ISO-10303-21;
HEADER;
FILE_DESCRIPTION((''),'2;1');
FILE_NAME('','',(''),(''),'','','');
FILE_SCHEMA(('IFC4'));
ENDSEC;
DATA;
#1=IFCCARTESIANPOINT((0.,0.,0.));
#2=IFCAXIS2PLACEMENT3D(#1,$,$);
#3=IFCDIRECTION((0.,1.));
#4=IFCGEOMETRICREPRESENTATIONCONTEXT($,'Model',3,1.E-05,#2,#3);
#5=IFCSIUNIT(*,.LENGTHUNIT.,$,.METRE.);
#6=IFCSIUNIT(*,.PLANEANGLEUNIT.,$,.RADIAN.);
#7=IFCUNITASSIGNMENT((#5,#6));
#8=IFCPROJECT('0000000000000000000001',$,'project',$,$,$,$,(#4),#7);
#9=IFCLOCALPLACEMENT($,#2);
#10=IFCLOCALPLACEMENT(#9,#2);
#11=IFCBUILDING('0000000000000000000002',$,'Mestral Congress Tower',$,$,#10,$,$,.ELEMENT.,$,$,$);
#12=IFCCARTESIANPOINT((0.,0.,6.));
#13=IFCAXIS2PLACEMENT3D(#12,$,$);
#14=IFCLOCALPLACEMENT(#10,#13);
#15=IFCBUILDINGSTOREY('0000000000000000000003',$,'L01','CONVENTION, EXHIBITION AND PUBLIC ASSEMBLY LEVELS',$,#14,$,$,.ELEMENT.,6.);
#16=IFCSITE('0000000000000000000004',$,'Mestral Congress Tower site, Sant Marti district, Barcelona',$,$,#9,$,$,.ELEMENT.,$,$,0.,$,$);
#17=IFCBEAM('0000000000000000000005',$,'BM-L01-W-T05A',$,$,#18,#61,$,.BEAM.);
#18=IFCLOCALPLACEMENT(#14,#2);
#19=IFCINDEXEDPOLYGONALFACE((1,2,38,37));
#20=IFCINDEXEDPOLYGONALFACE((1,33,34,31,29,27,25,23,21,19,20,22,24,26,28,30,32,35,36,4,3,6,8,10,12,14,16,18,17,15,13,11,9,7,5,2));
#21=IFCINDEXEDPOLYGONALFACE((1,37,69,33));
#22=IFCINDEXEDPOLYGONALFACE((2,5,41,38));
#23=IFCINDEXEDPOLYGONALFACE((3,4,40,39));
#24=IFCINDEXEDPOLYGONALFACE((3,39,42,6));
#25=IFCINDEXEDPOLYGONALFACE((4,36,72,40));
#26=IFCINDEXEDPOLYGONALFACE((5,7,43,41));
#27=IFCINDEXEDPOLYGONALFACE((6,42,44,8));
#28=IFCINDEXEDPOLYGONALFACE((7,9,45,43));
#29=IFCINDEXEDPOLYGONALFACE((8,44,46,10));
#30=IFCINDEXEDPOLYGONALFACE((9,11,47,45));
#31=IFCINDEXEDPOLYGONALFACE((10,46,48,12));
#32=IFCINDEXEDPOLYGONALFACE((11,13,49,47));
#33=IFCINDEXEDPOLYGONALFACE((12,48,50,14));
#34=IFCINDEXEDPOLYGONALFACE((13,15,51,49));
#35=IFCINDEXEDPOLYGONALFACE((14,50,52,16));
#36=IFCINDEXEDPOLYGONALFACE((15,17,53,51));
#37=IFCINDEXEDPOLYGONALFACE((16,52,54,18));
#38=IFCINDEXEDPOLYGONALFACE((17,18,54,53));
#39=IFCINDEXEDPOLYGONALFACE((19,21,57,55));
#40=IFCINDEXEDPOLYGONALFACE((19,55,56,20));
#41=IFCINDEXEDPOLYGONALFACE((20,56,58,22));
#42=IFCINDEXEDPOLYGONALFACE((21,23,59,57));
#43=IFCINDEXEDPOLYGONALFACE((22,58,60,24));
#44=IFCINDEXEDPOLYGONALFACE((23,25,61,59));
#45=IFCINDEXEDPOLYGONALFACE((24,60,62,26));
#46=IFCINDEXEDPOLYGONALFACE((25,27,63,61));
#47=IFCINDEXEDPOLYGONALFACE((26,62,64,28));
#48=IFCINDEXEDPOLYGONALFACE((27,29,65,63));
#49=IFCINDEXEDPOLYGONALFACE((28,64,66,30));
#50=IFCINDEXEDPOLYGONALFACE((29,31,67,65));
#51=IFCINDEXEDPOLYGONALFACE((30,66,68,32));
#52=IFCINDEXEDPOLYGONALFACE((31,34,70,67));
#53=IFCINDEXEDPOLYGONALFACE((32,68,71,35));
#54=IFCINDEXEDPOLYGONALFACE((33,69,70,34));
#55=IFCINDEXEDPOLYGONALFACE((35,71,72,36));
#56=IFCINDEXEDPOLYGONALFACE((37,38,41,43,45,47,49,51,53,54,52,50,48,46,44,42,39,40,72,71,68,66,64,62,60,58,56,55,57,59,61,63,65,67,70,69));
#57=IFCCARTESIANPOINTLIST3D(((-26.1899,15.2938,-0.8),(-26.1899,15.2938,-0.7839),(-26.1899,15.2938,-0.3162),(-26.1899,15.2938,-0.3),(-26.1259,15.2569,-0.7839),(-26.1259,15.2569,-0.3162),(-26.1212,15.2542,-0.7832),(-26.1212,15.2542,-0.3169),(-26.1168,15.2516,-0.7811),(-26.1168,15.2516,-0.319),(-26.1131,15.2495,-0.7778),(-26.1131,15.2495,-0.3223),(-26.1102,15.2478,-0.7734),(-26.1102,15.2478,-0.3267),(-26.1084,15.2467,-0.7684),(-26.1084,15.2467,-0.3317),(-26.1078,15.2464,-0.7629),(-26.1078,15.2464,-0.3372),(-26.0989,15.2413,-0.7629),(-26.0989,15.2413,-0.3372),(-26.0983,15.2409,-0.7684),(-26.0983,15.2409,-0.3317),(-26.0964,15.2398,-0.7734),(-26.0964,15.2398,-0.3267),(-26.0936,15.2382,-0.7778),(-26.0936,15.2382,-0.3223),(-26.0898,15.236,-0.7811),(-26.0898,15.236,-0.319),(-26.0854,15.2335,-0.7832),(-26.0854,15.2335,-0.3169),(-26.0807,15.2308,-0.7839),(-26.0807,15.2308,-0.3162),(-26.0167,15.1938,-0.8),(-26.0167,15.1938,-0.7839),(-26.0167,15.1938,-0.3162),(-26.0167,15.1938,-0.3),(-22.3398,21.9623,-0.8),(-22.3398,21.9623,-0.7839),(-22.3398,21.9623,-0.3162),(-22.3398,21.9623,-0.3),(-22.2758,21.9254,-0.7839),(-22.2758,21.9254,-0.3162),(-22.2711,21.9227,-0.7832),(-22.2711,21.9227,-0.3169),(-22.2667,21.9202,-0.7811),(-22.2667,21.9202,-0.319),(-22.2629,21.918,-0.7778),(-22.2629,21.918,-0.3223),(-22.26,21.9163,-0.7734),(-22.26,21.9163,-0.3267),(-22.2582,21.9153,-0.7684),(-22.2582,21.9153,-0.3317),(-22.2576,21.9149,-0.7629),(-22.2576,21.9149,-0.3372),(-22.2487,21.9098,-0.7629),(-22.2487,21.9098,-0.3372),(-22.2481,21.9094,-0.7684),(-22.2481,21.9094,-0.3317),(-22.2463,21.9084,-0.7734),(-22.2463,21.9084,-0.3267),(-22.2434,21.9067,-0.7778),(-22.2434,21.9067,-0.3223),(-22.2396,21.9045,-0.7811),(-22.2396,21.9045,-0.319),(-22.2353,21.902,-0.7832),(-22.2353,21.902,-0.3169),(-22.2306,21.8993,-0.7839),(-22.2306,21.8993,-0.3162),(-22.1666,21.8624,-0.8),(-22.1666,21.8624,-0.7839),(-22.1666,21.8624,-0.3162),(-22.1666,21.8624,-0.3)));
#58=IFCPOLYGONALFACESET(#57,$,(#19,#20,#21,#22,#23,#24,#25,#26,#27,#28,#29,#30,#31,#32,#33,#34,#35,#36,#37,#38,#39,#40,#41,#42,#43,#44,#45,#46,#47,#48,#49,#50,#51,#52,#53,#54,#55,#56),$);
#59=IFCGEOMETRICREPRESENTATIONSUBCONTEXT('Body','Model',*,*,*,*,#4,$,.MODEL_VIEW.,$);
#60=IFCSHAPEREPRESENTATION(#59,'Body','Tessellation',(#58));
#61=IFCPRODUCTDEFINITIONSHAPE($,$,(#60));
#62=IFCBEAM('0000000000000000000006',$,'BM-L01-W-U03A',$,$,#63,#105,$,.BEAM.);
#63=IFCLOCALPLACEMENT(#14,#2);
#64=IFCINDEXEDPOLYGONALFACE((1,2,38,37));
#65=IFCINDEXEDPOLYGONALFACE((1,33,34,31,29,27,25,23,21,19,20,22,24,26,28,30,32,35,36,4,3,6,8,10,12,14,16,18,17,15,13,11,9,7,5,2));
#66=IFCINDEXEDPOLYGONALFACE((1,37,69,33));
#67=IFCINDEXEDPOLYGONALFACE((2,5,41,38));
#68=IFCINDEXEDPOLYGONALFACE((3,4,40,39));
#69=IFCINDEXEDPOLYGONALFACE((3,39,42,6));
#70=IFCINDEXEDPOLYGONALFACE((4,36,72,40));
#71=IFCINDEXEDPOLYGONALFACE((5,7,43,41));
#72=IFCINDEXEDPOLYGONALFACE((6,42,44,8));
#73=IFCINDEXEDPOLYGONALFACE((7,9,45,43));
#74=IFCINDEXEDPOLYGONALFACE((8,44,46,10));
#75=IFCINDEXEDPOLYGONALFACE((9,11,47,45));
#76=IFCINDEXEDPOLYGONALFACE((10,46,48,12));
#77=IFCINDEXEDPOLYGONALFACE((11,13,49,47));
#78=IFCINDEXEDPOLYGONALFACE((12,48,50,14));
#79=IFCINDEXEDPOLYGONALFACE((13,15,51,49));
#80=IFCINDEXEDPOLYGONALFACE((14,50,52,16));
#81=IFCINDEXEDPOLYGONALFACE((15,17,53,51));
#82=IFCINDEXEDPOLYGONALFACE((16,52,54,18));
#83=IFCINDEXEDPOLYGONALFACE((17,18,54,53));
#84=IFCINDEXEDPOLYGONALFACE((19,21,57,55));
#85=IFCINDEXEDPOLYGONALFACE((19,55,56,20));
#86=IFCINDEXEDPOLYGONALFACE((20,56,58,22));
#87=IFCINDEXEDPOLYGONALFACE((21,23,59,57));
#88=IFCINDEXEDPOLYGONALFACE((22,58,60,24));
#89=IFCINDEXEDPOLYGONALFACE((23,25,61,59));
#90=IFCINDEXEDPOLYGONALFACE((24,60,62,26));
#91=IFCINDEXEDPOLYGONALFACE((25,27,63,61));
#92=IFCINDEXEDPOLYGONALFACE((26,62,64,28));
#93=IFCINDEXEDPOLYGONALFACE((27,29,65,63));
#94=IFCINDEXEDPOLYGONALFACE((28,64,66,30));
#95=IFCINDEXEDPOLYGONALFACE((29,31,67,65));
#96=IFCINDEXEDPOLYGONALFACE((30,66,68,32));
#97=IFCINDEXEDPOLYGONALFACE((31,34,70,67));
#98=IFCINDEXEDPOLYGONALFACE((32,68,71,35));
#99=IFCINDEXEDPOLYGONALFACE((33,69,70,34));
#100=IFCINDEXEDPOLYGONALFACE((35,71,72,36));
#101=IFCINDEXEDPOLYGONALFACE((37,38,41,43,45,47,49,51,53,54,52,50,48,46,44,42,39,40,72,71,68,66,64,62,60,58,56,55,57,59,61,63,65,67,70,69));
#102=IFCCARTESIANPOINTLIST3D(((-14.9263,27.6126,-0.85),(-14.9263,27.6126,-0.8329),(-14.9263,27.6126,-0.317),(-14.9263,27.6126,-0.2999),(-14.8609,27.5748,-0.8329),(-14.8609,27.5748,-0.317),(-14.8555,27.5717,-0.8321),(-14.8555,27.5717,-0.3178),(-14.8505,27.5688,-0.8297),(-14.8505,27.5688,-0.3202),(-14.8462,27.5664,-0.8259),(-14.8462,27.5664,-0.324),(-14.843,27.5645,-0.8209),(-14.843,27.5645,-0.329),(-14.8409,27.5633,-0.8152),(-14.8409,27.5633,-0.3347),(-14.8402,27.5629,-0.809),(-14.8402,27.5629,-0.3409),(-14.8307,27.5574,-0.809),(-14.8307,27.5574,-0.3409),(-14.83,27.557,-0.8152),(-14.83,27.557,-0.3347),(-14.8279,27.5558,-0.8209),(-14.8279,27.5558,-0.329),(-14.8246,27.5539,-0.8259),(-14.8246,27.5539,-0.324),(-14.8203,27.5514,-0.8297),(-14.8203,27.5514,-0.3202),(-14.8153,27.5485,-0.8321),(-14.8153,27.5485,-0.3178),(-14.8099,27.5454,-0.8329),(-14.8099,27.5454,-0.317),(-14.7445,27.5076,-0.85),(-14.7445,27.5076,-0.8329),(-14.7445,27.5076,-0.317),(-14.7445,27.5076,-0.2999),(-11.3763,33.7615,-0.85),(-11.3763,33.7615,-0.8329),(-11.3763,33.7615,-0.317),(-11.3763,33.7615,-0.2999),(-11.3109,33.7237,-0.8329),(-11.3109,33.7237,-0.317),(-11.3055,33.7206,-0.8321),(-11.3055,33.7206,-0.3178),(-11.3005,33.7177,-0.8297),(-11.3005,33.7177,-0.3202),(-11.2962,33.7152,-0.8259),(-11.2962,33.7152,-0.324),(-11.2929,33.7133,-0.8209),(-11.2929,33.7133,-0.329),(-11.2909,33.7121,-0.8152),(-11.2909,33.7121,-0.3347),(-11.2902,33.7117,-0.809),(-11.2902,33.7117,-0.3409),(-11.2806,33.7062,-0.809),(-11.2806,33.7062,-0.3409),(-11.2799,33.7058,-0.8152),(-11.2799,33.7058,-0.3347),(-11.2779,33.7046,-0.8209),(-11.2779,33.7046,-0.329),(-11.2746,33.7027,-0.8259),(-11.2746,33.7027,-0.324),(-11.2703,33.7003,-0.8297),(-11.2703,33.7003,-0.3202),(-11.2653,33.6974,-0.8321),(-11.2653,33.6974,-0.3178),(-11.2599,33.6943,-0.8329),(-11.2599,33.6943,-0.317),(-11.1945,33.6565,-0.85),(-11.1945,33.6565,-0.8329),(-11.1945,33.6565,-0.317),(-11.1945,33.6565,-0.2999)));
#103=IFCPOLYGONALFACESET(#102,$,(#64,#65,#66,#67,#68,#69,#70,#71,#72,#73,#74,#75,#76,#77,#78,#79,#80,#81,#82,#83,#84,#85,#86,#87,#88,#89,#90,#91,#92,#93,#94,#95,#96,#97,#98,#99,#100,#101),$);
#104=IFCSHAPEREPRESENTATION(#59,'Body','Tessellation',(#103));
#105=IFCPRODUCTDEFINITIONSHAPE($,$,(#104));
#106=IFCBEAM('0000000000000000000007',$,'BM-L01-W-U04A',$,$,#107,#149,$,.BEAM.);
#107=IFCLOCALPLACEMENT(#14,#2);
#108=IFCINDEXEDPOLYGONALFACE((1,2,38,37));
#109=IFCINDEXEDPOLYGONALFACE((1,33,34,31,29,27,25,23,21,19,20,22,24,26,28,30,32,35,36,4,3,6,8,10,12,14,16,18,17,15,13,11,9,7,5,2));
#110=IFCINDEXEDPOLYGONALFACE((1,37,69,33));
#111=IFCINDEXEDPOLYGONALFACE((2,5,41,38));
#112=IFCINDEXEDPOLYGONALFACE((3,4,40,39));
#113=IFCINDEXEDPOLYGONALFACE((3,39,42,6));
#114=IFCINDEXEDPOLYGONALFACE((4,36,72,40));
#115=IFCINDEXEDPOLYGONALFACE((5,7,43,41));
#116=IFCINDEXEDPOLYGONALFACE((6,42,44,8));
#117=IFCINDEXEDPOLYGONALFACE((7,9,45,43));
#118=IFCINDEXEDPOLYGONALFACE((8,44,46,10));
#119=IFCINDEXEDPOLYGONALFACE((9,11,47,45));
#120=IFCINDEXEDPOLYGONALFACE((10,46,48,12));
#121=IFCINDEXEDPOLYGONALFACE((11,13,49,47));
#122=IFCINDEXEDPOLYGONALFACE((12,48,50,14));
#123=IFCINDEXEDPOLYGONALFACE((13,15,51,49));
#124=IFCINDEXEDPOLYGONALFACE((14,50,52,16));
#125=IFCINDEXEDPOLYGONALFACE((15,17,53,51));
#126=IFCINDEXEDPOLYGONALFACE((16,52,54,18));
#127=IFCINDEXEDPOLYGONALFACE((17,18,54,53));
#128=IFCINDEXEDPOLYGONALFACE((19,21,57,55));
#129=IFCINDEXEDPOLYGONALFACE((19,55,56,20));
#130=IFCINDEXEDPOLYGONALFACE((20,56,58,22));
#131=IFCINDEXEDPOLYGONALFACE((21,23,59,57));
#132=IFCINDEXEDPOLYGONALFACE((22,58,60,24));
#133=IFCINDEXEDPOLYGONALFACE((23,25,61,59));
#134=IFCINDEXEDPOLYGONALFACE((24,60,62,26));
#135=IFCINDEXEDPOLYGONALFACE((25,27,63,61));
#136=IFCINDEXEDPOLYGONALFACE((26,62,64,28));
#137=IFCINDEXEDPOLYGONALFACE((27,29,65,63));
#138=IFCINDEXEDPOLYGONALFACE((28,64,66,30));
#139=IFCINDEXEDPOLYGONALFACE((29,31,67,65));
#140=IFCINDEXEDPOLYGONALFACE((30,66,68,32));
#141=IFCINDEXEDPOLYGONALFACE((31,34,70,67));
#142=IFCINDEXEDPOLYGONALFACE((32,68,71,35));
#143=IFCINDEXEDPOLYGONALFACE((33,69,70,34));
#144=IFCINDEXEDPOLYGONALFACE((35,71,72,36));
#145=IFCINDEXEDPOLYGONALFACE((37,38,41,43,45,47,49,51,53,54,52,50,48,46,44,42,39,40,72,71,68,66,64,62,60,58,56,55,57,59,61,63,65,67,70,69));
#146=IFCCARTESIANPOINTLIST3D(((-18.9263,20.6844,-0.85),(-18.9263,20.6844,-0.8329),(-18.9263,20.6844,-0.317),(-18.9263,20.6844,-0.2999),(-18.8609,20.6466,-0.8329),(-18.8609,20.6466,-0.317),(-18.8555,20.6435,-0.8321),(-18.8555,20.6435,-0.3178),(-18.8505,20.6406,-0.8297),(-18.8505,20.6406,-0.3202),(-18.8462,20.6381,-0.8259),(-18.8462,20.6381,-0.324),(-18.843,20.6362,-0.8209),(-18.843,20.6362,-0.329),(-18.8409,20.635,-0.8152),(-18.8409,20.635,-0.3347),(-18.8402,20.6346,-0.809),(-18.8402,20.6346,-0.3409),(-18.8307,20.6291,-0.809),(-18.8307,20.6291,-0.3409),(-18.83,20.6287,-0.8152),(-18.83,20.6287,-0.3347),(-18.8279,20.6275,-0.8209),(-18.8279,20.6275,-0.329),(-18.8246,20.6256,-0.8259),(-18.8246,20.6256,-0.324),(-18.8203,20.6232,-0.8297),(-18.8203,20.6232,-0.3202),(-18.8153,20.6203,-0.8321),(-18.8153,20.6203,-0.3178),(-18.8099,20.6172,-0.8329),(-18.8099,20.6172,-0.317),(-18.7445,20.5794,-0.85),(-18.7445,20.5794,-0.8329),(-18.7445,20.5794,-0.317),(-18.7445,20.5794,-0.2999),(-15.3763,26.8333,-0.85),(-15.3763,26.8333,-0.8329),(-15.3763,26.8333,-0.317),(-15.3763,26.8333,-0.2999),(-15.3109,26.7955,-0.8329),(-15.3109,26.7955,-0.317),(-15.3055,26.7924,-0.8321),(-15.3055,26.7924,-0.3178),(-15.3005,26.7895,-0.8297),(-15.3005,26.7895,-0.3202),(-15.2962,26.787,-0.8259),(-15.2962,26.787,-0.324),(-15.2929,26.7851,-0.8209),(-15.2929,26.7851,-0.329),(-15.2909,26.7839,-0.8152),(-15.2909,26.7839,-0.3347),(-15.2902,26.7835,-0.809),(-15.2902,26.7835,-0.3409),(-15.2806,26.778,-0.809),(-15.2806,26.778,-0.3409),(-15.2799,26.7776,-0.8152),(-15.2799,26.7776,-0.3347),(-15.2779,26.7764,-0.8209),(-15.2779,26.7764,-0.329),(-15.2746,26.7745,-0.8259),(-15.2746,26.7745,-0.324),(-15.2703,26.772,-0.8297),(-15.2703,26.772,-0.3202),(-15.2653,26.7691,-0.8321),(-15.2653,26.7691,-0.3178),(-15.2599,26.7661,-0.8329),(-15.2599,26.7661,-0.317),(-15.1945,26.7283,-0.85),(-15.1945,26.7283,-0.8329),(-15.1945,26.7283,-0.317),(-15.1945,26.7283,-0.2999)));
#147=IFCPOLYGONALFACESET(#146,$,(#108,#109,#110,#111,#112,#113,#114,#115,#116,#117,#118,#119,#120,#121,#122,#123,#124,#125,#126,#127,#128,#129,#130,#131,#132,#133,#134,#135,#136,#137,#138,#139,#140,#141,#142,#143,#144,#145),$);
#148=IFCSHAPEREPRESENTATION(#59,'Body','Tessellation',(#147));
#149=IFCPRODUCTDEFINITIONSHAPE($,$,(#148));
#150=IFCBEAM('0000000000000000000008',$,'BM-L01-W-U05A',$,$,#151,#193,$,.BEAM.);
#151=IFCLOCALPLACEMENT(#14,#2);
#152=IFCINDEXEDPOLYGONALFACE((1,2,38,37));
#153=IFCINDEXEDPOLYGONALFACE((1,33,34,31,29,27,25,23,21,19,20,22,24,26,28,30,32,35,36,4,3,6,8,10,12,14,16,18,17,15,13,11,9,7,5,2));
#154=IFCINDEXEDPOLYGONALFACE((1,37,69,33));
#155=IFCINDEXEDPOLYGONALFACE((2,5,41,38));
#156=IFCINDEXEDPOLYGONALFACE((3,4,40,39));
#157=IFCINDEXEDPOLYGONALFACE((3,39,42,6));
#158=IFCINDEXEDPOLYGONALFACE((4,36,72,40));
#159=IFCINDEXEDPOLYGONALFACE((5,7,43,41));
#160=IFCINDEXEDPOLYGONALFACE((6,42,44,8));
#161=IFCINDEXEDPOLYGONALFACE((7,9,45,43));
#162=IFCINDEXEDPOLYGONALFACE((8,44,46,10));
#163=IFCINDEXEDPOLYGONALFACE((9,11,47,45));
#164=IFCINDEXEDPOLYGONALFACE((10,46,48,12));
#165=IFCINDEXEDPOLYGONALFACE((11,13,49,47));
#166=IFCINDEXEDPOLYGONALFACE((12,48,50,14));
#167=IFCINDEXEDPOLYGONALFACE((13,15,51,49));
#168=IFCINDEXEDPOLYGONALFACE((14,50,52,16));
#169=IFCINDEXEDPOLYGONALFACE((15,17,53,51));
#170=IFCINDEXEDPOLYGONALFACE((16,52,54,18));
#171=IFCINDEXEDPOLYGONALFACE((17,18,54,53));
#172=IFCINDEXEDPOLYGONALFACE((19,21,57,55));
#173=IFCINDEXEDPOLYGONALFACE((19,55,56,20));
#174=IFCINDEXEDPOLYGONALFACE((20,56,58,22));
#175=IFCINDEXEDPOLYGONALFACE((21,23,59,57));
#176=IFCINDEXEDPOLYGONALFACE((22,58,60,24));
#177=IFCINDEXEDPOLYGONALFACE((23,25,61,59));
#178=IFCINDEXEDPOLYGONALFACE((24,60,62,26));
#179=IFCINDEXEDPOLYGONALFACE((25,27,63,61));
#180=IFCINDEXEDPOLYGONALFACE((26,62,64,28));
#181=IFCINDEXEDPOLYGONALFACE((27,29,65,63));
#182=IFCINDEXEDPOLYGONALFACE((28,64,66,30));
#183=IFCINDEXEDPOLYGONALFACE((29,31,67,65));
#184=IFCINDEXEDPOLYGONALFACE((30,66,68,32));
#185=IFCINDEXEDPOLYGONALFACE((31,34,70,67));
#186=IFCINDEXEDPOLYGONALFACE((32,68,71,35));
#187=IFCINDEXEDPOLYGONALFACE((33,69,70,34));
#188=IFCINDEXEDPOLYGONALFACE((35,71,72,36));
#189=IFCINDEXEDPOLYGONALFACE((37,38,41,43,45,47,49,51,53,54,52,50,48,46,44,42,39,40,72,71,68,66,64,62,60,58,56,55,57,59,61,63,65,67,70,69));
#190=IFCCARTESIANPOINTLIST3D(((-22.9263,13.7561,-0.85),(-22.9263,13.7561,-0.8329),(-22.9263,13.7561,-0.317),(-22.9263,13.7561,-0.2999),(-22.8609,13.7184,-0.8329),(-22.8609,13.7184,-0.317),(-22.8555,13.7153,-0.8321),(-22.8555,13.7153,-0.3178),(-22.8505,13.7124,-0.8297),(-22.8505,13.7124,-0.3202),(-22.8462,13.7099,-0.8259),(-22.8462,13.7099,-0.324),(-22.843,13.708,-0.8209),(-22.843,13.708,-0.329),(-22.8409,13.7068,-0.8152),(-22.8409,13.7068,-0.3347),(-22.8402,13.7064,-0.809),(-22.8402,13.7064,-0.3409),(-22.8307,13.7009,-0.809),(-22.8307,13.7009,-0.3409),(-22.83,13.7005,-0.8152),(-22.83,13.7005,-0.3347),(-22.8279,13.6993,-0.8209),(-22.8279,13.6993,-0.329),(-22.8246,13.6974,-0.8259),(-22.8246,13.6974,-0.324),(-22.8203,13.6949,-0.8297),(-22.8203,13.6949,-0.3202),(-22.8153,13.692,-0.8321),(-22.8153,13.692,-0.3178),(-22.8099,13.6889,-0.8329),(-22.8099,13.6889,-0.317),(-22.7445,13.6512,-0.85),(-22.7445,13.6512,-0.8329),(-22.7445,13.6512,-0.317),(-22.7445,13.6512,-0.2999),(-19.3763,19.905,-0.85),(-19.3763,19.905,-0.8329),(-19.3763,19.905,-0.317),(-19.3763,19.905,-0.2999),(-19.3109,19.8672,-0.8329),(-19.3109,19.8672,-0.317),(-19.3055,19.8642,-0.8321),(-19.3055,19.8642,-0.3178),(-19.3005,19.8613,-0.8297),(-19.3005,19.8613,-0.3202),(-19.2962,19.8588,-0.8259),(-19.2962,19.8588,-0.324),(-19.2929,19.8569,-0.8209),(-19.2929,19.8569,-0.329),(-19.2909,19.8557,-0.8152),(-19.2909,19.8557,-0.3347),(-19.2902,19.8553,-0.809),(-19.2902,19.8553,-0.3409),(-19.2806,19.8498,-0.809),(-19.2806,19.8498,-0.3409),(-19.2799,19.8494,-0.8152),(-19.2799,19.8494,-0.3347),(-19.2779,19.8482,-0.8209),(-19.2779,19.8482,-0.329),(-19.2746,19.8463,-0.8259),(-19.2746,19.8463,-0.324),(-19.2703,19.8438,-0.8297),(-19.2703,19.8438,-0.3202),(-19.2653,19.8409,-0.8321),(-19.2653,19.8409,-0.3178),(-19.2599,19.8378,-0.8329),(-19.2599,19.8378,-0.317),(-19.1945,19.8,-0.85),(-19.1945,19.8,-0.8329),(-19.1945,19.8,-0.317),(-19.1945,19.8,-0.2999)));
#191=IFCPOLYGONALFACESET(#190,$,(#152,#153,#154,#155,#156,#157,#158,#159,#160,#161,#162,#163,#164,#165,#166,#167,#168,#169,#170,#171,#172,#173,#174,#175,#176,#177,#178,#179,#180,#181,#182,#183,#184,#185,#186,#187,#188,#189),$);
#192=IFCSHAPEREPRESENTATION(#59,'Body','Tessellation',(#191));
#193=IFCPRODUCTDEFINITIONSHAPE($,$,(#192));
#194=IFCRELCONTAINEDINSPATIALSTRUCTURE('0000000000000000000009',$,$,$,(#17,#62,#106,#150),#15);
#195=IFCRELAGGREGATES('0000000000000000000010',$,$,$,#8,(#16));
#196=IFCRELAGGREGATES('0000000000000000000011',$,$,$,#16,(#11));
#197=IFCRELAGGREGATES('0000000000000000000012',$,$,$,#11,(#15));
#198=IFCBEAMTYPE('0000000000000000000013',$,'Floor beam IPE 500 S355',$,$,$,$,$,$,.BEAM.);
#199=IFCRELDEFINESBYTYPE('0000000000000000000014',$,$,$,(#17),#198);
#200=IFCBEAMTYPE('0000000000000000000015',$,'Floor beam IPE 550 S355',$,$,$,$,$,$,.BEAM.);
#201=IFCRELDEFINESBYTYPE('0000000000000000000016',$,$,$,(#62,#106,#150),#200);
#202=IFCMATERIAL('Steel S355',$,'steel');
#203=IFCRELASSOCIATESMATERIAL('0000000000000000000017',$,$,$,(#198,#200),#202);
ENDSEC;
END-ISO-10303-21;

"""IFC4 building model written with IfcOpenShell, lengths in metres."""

from ifc_helpers import new_model, si_unit, direction, frame, origin, origin_2d, place, context, subcontext, project, spatial, i_section, extrude, material, material_profile, profile_set, type_object, element, save


model = new_model("IFC4")

# Units and contexts
model_context = context("Model", 3, precision=1e-05, world=origin(), true_north=direction((0.0, 1.0)))
body_context = subcontext(model_context, "Body", "Model", "MODEL_VIEW")
ifc_project = project(units=[si_unit("LENGTHUNIT", "METRE"), si_unit("PLANEANGLEUNIT", "RADIAN")], contexts=[model_context])

# Site, building, storey
site_placement = place(None, origin())
site = spatial("IfcSite", under=ifc_project, at=site_placement, Name="Mestral Congress Tower site, Sant Marti district, Barcelona", CompositionType="ELEMENT", RefElevation=0.0)
building_placement = place(site_placement, origin())
building = spatial("IfcBuilding", under=site, at=building_placement, Name="Mestral Congress Tower", CompositionType="ELEMENT")
storey_placement = place(building_placement, frame((0.0, 0.0, 6.0)))
storey = spatial("IfcBuildingStorey", under=building, at=storey_placement, Name="L01", Description="CONVENTION, EXHIBITION AND PUBLIC ASSEMBLY LEVELS", CompositionType="ELEMENT", Elevation=6.0)

# Beams
ifc_material_1 = material(Name="Steel S355", Category="steel")
ifc_material_profile_1 = material_profile(ifc_material_1, i_section(OverallWidth=0.2, OverallDepth=0.5, WebThickness=0.0103, FlangeThickness=0.0161, FilletRadius=0.021, at=origin_2d()), Name="IPE 500")
ifc_profile_set_1 = profile_set([ifc_material_profile_1], Name="Steel S355")
beam_type_1 = type_object("IfcBeamType", Name="Floor beam IPE 500 S355", PredefinedType="BEAM", material=ifc_profile_set_1)
for number, where, z_axis, x_axis, name in (
    (1, (-22.2532, 21.9124, -0.55), (-0.500006, -0.866022, 0.0), (0.866022, -0.500006, 0.0), "BM-L01-W-T05A"),
):
    element("IfcBeam", number, at=place(storey_placement, frame(where, z_axis=z_axis, x_axis=x_axis)), inside=storey, type_object=beam_type_1, Name=name, PredefinedType="BEAM", context=body_context, shape_type="SweptSolid", body=[
        extrude(i_section(OverallWidth=0.2, OverallDepth=0.5, WebThickness=0.0103, FlangeThickness=0.0161, FilletRadius=0.021, at=origin_2d()), origin(), (0.0, 0.0, 1.0), 7.7002),
    ])
ifc_material_profile_2 = material_profile(ifc_material_1, i_section(OverallWidth=0.21, OverallDepth=0.55, WebThickness=0.011, FlangeThickness=0.0171, FilletRadius=0.0239, at=origin_2d()), Name="IPE 550")
ifc_profile_set_2 = profile_set([ifc_material_profile_2], Name="Steel S355")
beam_type_2 = type_object("IfcBeamType", Name="Floor beam IPE 550 S355", PredefinedType="BEAM", material=ifc_profile_set_2)
for number, where, z_axis, x_axis, name in (
    (2, (-11.2854, 33.709, -0.575), (-0.499996, -0.866028, 0.0), (0.866028, -0.499996, 0.0), "BM-L01-W-U03A"),
    (3, (-15.2854, 26.7808, -0.575), (-0.499996, -0.866028, 0.0), (0.866028, -0.499996, 0.0), "BM-L01-W-U04A"),
    (4, (-19.2854, 19.8525, -0.575), (-0.499996, -0.866028, 0.0), (0.866028, -0.499996, 0.0), "BM-L01-W-U05A"),
):
    element("IfcBeam", number, at=place(storey_placement, frame(where, z_axis=z_axis, x_axis=x_axis)), inside=storey, type_object=beam_type_2, Name=name, PredefinedType="BEAM", context=body_context, shape_type="SweptSolid", body=[
        extrude(i_section(OverallWidth=0.21, OverallDepth=0.55, WebThickness=0.011, FlangeThickness=0.0171, FilletRadius=0.0239, at=origin_2d()), origin(), (0.0, 0.0, 1.0), 7.1001),
    ])

save(model, "model.ifc")
